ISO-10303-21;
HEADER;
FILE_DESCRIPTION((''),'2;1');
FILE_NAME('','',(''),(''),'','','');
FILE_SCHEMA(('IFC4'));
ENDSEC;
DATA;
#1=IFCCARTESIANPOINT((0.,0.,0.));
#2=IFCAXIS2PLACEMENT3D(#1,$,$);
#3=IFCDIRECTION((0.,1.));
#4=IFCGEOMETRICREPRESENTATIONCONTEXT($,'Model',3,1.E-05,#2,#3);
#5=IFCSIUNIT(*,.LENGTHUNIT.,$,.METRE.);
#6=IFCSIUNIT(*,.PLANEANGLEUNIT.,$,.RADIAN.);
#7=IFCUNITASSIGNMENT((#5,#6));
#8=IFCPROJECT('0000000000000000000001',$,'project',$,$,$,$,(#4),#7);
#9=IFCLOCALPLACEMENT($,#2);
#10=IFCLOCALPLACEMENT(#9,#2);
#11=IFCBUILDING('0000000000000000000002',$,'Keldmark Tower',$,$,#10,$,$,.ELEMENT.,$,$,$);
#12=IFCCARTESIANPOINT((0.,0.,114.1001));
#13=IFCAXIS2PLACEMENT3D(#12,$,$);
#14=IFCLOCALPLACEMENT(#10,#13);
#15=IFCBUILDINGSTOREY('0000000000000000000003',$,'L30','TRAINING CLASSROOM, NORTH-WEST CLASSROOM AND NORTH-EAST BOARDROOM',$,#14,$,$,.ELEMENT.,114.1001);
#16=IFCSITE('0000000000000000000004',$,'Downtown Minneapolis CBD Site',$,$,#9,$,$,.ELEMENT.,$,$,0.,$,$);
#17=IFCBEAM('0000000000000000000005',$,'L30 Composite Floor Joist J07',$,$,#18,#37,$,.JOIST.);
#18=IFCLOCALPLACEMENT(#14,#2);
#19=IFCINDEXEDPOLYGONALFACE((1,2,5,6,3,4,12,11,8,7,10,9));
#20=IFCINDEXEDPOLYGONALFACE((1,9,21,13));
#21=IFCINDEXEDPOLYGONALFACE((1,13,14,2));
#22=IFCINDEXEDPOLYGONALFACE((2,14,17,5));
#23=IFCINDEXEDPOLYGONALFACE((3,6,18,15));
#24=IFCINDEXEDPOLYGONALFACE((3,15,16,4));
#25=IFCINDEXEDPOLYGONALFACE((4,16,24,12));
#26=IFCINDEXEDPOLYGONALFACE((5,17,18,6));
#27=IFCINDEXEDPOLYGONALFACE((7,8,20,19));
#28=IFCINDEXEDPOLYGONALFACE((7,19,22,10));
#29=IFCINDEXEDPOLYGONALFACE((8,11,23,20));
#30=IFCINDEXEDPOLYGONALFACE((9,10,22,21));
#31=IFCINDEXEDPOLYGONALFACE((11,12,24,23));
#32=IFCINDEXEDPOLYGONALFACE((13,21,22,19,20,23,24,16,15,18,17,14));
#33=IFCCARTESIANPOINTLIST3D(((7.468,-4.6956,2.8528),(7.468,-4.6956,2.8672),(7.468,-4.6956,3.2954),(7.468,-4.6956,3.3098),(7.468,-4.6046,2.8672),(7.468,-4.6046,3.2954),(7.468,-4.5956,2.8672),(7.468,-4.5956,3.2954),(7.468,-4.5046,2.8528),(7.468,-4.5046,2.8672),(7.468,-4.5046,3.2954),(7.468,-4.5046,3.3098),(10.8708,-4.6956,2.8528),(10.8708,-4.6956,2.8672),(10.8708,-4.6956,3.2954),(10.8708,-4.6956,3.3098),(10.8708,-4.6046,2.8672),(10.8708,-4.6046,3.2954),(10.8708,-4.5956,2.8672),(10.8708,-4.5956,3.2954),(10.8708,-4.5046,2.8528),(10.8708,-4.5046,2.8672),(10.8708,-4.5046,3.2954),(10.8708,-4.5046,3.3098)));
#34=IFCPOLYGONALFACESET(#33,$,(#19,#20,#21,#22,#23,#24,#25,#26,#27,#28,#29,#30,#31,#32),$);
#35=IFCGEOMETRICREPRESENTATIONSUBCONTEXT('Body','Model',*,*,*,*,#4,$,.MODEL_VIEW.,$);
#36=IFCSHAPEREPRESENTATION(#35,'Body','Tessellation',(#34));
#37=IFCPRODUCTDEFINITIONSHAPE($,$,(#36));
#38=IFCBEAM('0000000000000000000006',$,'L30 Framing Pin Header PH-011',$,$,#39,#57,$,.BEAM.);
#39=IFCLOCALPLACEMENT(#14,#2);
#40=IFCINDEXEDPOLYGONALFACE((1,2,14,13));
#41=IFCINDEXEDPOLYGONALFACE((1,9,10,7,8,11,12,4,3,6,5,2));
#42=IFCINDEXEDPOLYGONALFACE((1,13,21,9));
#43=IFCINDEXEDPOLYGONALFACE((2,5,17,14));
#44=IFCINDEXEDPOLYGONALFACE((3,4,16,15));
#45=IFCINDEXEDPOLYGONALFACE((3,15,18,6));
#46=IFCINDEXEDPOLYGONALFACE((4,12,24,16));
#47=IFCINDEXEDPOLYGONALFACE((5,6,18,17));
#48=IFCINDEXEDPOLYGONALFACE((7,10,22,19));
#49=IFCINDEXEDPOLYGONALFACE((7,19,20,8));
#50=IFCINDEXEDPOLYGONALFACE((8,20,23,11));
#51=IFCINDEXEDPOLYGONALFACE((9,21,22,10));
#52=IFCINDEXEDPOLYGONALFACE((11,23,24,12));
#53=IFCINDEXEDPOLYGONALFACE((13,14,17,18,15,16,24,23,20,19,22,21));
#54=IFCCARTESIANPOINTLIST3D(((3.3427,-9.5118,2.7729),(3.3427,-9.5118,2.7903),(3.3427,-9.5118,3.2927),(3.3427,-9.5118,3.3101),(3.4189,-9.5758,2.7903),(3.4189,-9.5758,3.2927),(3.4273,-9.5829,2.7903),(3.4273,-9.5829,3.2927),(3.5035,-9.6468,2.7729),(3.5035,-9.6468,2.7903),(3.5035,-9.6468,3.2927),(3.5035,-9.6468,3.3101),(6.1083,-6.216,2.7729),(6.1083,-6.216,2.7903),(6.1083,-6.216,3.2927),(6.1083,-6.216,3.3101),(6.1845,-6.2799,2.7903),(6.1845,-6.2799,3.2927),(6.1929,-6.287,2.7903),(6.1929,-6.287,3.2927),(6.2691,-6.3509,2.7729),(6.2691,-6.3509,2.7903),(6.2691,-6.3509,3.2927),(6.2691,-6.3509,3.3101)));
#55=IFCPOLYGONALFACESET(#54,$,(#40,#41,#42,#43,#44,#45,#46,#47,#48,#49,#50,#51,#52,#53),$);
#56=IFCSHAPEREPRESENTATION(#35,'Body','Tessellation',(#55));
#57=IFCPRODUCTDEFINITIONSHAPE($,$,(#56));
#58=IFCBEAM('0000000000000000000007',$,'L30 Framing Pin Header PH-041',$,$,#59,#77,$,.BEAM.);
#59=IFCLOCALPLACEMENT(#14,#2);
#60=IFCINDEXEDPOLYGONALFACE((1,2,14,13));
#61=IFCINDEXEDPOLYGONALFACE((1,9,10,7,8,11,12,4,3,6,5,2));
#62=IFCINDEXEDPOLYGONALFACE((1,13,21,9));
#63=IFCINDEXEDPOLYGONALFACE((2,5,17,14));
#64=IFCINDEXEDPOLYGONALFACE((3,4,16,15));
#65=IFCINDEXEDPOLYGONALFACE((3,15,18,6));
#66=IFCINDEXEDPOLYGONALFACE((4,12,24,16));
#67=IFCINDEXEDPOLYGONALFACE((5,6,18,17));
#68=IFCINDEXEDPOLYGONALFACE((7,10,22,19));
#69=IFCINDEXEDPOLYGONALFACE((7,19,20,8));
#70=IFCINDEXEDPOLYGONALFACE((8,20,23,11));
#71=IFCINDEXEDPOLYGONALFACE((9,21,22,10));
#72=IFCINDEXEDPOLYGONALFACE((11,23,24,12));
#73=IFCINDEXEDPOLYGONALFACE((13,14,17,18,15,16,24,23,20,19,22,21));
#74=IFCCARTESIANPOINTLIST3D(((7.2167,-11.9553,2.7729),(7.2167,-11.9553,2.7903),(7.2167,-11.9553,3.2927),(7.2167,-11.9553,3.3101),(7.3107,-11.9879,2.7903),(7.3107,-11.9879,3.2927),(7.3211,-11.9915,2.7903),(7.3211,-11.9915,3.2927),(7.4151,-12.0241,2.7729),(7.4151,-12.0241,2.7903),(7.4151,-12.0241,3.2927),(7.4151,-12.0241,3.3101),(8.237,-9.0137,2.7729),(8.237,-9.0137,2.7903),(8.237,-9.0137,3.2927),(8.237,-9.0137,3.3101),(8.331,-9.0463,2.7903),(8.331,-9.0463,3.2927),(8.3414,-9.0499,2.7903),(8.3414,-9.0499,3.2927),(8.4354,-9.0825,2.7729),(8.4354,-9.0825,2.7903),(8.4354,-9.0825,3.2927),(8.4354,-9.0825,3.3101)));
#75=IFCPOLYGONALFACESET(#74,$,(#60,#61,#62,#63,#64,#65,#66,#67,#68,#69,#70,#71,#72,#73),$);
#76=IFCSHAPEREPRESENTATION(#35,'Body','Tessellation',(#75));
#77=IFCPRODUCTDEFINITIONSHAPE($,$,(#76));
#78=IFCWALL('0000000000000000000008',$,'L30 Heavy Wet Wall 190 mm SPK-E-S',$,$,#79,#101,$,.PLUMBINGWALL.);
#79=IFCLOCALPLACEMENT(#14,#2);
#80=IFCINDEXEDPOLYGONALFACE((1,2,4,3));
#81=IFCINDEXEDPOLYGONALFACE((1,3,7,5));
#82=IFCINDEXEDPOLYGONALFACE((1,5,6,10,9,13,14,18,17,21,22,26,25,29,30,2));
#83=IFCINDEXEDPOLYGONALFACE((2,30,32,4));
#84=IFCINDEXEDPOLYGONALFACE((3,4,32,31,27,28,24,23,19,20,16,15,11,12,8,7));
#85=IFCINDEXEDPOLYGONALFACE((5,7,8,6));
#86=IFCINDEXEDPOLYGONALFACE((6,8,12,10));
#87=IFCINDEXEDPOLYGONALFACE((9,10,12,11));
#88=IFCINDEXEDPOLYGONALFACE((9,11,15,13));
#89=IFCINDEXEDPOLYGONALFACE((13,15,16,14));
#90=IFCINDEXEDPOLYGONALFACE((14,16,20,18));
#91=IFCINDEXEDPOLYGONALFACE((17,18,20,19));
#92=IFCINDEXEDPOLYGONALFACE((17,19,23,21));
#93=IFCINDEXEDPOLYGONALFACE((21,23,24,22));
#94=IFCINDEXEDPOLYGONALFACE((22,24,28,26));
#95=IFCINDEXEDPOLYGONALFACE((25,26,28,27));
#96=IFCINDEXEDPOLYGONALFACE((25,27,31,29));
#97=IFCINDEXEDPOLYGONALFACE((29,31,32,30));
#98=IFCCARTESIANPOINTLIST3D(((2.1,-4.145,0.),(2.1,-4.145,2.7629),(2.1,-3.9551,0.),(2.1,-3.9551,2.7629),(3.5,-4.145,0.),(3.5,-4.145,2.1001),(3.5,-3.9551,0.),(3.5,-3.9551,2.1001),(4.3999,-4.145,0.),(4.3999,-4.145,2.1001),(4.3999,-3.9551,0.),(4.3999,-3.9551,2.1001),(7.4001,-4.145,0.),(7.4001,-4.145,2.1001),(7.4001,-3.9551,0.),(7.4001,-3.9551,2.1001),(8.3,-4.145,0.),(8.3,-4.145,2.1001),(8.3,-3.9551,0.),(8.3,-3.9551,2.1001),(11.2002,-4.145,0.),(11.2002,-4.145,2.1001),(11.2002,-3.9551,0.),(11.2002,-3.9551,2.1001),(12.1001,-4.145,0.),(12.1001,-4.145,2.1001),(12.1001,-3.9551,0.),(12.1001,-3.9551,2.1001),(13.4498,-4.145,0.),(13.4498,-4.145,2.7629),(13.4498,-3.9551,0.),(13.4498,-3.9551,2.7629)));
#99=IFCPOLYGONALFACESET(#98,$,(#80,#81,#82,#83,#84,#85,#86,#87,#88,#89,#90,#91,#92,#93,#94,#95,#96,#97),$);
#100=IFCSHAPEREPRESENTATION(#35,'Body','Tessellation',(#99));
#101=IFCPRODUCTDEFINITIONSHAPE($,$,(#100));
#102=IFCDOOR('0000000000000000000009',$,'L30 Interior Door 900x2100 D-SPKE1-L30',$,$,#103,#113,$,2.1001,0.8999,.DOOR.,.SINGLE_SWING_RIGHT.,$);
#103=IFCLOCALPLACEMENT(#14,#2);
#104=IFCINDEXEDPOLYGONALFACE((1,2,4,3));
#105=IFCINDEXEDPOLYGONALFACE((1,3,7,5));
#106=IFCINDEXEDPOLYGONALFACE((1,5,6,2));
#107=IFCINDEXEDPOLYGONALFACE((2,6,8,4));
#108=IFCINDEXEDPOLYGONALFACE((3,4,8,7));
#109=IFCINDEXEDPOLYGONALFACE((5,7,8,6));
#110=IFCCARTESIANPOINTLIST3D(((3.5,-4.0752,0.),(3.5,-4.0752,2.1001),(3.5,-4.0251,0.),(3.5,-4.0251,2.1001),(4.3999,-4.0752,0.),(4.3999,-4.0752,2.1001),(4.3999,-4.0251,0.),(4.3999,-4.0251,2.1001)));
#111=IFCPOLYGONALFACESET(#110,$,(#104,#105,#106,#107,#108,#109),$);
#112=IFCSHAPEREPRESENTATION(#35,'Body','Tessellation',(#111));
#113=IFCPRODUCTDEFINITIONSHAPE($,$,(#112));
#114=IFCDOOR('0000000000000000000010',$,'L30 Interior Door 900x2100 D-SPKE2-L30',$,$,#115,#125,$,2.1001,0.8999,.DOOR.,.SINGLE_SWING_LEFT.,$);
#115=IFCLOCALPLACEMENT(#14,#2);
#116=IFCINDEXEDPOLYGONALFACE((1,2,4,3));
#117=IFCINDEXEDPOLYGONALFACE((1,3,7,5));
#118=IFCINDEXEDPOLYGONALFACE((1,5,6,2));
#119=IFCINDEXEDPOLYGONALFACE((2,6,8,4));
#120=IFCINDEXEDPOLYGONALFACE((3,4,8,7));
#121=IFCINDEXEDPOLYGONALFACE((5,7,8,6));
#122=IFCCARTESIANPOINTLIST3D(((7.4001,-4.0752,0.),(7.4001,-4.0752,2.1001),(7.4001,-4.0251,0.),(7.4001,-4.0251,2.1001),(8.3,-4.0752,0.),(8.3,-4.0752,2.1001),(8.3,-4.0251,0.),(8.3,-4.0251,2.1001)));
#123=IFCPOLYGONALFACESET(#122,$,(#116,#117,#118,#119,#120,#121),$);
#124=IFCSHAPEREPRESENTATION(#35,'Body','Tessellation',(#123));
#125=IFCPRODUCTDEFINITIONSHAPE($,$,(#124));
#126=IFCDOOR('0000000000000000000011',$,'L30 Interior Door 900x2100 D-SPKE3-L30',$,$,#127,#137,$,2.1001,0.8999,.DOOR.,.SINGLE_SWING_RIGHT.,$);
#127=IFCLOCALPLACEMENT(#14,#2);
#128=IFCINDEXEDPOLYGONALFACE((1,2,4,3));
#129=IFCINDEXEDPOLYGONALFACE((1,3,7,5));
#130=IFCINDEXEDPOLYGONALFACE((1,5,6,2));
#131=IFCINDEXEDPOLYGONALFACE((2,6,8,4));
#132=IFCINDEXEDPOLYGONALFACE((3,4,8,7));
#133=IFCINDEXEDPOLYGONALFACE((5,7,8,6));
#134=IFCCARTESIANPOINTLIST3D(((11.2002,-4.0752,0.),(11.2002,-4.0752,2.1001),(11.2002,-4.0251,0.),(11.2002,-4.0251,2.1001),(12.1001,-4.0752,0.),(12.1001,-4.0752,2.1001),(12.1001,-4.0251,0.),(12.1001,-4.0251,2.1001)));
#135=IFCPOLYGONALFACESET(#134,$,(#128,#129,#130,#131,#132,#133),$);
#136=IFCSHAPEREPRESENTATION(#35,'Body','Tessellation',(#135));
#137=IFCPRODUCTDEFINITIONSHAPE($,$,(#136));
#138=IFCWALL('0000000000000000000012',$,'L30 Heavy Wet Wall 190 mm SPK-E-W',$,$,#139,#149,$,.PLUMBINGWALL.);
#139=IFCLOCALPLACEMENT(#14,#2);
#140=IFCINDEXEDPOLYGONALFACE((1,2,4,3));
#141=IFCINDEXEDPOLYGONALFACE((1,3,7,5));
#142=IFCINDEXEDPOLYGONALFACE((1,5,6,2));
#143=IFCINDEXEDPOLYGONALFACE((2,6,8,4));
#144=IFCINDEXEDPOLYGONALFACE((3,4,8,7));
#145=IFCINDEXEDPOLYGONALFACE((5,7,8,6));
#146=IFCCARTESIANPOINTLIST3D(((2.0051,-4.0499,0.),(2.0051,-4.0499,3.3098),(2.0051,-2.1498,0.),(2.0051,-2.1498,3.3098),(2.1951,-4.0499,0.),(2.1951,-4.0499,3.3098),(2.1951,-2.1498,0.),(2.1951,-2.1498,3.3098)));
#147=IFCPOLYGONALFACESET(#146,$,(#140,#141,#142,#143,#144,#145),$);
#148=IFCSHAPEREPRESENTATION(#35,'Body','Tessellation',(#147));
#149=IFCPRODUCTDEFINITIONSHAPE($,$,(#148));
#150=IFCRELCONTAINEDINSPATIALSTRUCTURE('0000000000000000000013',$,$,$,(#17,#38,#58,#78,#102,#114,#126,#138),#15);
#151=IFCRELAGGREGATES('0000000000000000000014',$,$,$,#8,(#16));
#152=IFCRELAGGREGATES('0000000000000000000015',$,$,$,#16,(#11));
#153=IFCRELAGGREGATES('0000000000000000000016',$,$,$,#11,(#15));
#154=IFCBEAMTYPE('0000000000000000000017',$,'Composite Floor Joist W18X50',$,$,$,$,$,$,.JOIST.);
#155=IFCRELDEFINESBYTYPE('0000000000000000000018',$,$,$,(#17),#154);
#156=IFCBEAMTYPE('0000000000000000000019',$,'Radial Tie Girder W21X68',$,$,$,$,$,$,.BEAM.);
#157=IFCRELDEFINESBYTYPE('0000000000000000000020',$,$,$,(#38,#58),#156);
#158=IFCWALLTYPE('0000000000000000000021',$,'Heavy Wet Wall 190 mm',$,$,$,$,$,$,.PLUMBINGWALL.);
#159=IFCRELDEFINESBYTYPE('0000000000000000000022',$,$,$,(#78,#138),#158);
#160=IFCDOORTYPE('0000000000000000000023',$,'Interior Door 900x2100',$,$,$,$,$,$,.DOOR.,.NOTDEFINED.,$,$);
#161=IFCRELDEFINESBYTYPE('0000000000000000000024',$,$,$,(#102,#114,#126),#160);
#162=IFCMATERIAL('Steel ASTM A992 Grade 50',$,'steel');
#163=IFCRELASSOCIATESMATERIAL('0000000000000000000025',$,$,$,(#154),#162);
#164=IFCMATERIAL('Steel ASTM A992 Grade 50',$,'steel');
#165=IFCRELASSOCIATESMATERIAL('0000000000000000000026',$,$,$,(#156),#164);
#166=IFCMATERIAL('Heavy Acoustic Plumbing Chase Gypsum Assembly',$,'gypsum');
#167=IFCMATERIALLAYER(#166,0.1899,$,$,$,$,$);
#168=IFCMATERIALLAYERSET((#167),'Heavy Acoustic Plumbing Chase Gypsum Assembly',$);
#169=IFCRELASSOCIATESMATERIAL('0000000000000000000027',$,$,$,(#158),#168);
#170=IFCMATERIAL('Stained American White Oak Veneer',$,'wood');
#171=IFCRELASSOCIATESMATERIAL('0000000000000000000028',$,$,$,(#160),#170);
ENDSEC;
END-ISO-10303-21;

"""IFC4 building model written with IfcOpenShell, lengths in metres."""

from ifc_helpers import new_model, si_unit, direction, frame, frame_2d, origin, origin_2d, place, context, subcontext, project, spatial, rectangle, i_section, extrude, material, layer, layer_set, material_profile, profile_set, type_object, element, fill, save


model = new_model("IFC4")

# Units and contexts
model_context = context("Model", 3, precision=1e-05, world=origin(), true_north=direction((0.0, 1.0)))
body_context = subcontext(model_context, "Body", "Model", "MODEL_VIEW")
ifc_project = project(units=[si_unit("LENGTHUNIT", "METRE"), si_unit("PLANEANGLEUNIT", "RADIAN")], contexts=[model_context])

# Site, building, storey
site_placement = place(None, origin())
site = spatial("IfcSite", under=ifc_project, at=site_placement, Name="Downtown Minneapolis CBD Site", CompositionType="ELEMENT", RefElevation=0.0)
building_placement = place(site_placement, origin())
building = spatial("IfcBuilding", under=site, at=building_placement, Name="Keldmark Tower", CompositionType="ELEMENT")
storey_placement = place(building_placement, frame((0.0, 0.0, 114.1001)))
storey = spatial("IfcBuildingStorey", under=building, at=storey_placement, Name="L30", Description="TRAINING CLASSROOM, NORTH-WEST CLASSROOM AND NORTH-EAST BOARDROOM", CompositionType="ELEMENT", Elevation=114.1001)

# Beams
ifc_material_1 = material(Name="Steel ASTM A992 Grade 50", Category="steel")
ifc_material_profile_1 = material_profile(ifc_material_1, i_section(OverallWidth=0.1909, OverallDepth=0.457, WebThickness=0.009, FlangeThickness=0.0144, at=origin_2d()), Name="W18X50")
ifc_profile_set_1 = profile_set([ifc_material_profile_1], Name="Steel ASTM A992 Grade 50")
beam_type_1 = type_object("IfcBeamType", Name="Composite Floor Joist W18X50", PredefinedType="JOIST", material=ifc_profile_set_1)
beam_1_placement = place(storey_placement, frame((7.468, -4.6001, 3.0813), z_axis=(1.0, 0.0, 0.0), x_axis=(0.0, 1.0, 0.0)))
element("IfcBeam", 1, at=beam_1_placement, inside=storey, type_object=beam_type_1, Name="L30 Composite Floor Joist J07", PredefinedType="JOIST", context=body_context, shape_type="SweptSolid", body=[
    extrude(i_section(OverallWidth=0.1909, OverallDepth=0.457, WebThickness=0.009, FlangeThickness=0.0144, at=origin_2d()), origin(), (0.0, 0.0, 1.0), 3.4028),
])
ifc_material_2 = material(Name="Steel ASTM A992 Grade 50", Category="steel")
ifc_material_profile_2 = material_profile(ifc_material_2, i_section(OverallWidth=0.21, OverallDepth=0.5371, WebThickness=0.011, FlangeThickness=0.0173, at=origin_2d()), Name="W21X68")
ifc_profile_set_2 = profile_set([ifc_material_profile_2], Name="Steel ASTM A992 Grade 50")
beam_type_2 = type_object("IfcBeamType", Name="Radial Tie Girder W21X68", PredefinedType="BEAM", material=ifc_profile_set_2)
beam_2_placement = place(storey_placement, frame((6.1887, -6.2834, 3.0415), z_axis=(-0.642793, -0.76604, 0.0), x_axis=(0.76604, -0.642793, 0.0)))
element("IfcBeam", 2, at=beam_2_placement, inside=storey, type_object=beam_type_2, Name="L30 Framing Pin Header PH-011", PredefinedType="BEAM", context=body_context, shape_type="SweptSolid", body=[
    extrude(i_section(OverallWidth=0.21, OverallDepth=0.5371, WebThickness=0.011, FlangeThickness=0.0173, at=origin_2d()), origin(), (0.0, 0.0, 1.0), 4.3025),
])
beam_3_placement = place(storey_placement, frame((8.3362, -9.0481, 3.0415), z_axis=(-0.327684, -0.944787, 0.0), x_axis=(0.944787, -0.327684, 0.0)))
element("IfcBeam", 3, at=beam_3_placement, inside=storey, type_object=beam_type_2, Name="L30 Framing Pin Header PH-041", PredefinedType="BEAM", context=body_context, shape_type="SweptSolid", body=[
    extrude(i_section(OverallWidth=0.21, OverallDepth=0.5371, WebThickness=0.011, FlangeThickness=0.0173, at=origin_2d()), origin(), (0.0, 0.0, 1.0), 3.1135),
])

# Wall, openings, doors
ifc_material_3 = material(Name="Heavy Acoustic Plumbing Chase Gypsum Assembly", Category="gypsum")
ifc_layer_1 = layer(ifc_material_3, 0.1899)
ifc_layer_set_1 = layer_set([ifc_layer_1], Name="Heavy Acoustic Plumbing Chase Gypsum Assembly")
wall_type_1 = type_object("IfcWallType", Name="Heavy Wet Wall 190 mm", PredefinedType="PLUMBINGWALL", material=ifc_layer_set_1)
wall_1_placement = place(storey_placement, frame((2.1001, -4.05, 0.0), z_axis=(0.0, 0.0, 1.0), x_axis=(1.0, 0.0, 0.0)))
wall_1 = element("IfcWall", 4, at=wall_1_placement, inside=storey, type_object=wall_type_1, Name="L30 Heavy Wet Wall 190 mm SPK-E-S", PredefinedType="PLUMBINGWALL", context=body_context, shape_type="SweptSolid", body=[
    extrude(rectangle(XDim=11.3499, YDim=0.1899, at=frame_2d((5.6748, 0.0))), origin(), (0.0, 0.0, 1.0), 2.7629),
])
opening_1_placement = place(wall_1_placement, frame((1.3999, 0.0, 0.0)))
opening_1 = element("IfcOpeningElement", 5, at=opening_1_placement, cuts=wall_1, PredefinedType="OPENING", context=body_context, shape_type="SweptSolid", body=[
    extrude(rectangle(XDim=0.8999, YDim=2.1001, at=frame_2d((0.45, 1.05))), frame((0.0, 0.105, 0.0), z_axis=(0.0, -1.0, 0.0), x_axis=(1.0, 0.0, 0.0)), (0.0, 0.0, 1.0), 0.21),
])
opening_2_placement = place(wall_1_placement, frame((5.3, 0.0, 0.0)))
opening_2 = element("IfcOpeningElement", 6, at=opening_2_placement, cuts=wall_1, PredefinedType="OPENING", context=body_context, shape_type="SweptSolid", body=[
    extrude(rectangle(XDim=0.8999, YDim=2.1001, at=frame_2d((0.45, 1.05))), frame((0.0, 0.105, 0.0), z_axis=(0.0, -1.0, 0.0), x_axis=(1.0, 0.0, 0.0)), (0.0, 0.0, 1.0), 0.21),
])
opening_3_placement = place(wall_1_placement, frame((9.1001, 0.0, 0.0)))
opening_3 = element("IfcOpeningElement", 7, at=opening_3_placement, cuts=wall_1, PredefinedType="OPENING", context=body_context, shape_type="SweptSolid", body=[
    extrude(rectangle(XDim=0.8999, YDim=2.1001, at=frame_2d((0.45, 1.05))), frame((0.0, 0.105, 0.0), z_axis=(0.0, -1.0, 0.0), x_axis=(1.0, 0.0, 0.0)), (0.0, 0.0, 1.0), 0.21),
])
ifc_material_4 = material(Name="Stained American White Oak Veneer", Category="wood")
door_type_1 = type_object("IfcDoorType", Name="Interior Door 900x2100", OperationType="NOTDEFINED", PredefinedType="DOOR", material=ifc_material_4)
door_1_placement = place(opening_1_placement, origin())
door_1 = element("IfcDoor", 8, at=door_1_placement, inside=storey, type_object=door_type_1, Name="L30 Interior Door 900x2100 D-SPKE1-L30", OperationType="SINGLE_SWING_RIGHT", OverallHeight=2.1001, OverallWidth=0.8999, PredefinedType="DOOR", context=body_context, shape_type="SweptSolid", body=[
    extrude(rectangle(XDim=0.8999, YDim=2.1001, at=frame_2d((0.45, 1.05))), frame((0.0, 0.0249, 0.0), z_axis=(0.0, -1.0, 0.0), x_axis=(1.0, 0.0, 0.0)), (0.0, 0.0, 1.0), 0.05),
])
fill(opening_1, door_1)
door_2_placement = place(opening_2_placement, origin())
door_2 = element("IfcDoor", 9, at=door_2_placement, inside=storey, type_object=door_type_1, Name="L30 Interior Door 900x2100 D-SPKE2-L30", OperationType="SINGLE_SWING_LEFT", OverallHeight=2.1001, OverallWidth=0.8999, PredefinedType="DOOR", context=body_context, shape_type="SweptSolid", body=[
    extrude(rectangle(XDim=0.8999, YDim=2.1001, at=frame_2d((0.45, 1.05))), frame((0.0, 0.0249, 0.0), z_axis=(0.0, -1.0, 0.0), x_axis=(1.0, 0.0, 0.0)), (0.0, 0.0, 1.0), 0.05),
])
fill(opening_2, door_2)
door_3_placement = place(opening_3_placement, origin())
door_3 = element("IfcDoor", 10, at=door_3_placement, inside=storey, type_object=door_type_1, Name="L30 Interior Door 900x2100 D-SPKE3-L30", OperationType="SINGLE_SWING_RIGHT", OverallHeight=2.1001, OverallWidth=0.8999, PredefinedType="DOOR", context=body_context, shape_type="SweptSolid", body=[
    extrude(rectangle(XDim=0.8999, YDim=2.1001, at=frame_2d((0.45, 1.05))), frame((0.0, 0.0249, 0.0), z_axis=(0.0, -1.0, 0.0), x_axis=(1.0, 0.0, 0.0)), (0.0, 0.0, 1.0), 0.05),
])
fill(opening_3, door_3)

# Wall
wall_2_placement = place(storey_placement, frame((2.1001, -4.05, 0.0), z_axis=(0.0, 0.0, 1.0), x_axis=(0.0, 1.0, 0.0)))
element("IfcWall", 11, at=wall_2_placement, inside=storey, type_object=wall_type_1, Name="L30 Heavy Wet Wall 190 mm SPK-E-W", PredefinedType="PLUMBINGWALL", context=body_context, shape_type="SweptSolid", body=[
    extrude(rectangle(XDim=1.9001, YDim=0.1899, at=frame_2d((0.9502, 0.0))), origin(), (0.0, 0.0, 1.0), 3.3098),
])

save(model, "model.ifc")
